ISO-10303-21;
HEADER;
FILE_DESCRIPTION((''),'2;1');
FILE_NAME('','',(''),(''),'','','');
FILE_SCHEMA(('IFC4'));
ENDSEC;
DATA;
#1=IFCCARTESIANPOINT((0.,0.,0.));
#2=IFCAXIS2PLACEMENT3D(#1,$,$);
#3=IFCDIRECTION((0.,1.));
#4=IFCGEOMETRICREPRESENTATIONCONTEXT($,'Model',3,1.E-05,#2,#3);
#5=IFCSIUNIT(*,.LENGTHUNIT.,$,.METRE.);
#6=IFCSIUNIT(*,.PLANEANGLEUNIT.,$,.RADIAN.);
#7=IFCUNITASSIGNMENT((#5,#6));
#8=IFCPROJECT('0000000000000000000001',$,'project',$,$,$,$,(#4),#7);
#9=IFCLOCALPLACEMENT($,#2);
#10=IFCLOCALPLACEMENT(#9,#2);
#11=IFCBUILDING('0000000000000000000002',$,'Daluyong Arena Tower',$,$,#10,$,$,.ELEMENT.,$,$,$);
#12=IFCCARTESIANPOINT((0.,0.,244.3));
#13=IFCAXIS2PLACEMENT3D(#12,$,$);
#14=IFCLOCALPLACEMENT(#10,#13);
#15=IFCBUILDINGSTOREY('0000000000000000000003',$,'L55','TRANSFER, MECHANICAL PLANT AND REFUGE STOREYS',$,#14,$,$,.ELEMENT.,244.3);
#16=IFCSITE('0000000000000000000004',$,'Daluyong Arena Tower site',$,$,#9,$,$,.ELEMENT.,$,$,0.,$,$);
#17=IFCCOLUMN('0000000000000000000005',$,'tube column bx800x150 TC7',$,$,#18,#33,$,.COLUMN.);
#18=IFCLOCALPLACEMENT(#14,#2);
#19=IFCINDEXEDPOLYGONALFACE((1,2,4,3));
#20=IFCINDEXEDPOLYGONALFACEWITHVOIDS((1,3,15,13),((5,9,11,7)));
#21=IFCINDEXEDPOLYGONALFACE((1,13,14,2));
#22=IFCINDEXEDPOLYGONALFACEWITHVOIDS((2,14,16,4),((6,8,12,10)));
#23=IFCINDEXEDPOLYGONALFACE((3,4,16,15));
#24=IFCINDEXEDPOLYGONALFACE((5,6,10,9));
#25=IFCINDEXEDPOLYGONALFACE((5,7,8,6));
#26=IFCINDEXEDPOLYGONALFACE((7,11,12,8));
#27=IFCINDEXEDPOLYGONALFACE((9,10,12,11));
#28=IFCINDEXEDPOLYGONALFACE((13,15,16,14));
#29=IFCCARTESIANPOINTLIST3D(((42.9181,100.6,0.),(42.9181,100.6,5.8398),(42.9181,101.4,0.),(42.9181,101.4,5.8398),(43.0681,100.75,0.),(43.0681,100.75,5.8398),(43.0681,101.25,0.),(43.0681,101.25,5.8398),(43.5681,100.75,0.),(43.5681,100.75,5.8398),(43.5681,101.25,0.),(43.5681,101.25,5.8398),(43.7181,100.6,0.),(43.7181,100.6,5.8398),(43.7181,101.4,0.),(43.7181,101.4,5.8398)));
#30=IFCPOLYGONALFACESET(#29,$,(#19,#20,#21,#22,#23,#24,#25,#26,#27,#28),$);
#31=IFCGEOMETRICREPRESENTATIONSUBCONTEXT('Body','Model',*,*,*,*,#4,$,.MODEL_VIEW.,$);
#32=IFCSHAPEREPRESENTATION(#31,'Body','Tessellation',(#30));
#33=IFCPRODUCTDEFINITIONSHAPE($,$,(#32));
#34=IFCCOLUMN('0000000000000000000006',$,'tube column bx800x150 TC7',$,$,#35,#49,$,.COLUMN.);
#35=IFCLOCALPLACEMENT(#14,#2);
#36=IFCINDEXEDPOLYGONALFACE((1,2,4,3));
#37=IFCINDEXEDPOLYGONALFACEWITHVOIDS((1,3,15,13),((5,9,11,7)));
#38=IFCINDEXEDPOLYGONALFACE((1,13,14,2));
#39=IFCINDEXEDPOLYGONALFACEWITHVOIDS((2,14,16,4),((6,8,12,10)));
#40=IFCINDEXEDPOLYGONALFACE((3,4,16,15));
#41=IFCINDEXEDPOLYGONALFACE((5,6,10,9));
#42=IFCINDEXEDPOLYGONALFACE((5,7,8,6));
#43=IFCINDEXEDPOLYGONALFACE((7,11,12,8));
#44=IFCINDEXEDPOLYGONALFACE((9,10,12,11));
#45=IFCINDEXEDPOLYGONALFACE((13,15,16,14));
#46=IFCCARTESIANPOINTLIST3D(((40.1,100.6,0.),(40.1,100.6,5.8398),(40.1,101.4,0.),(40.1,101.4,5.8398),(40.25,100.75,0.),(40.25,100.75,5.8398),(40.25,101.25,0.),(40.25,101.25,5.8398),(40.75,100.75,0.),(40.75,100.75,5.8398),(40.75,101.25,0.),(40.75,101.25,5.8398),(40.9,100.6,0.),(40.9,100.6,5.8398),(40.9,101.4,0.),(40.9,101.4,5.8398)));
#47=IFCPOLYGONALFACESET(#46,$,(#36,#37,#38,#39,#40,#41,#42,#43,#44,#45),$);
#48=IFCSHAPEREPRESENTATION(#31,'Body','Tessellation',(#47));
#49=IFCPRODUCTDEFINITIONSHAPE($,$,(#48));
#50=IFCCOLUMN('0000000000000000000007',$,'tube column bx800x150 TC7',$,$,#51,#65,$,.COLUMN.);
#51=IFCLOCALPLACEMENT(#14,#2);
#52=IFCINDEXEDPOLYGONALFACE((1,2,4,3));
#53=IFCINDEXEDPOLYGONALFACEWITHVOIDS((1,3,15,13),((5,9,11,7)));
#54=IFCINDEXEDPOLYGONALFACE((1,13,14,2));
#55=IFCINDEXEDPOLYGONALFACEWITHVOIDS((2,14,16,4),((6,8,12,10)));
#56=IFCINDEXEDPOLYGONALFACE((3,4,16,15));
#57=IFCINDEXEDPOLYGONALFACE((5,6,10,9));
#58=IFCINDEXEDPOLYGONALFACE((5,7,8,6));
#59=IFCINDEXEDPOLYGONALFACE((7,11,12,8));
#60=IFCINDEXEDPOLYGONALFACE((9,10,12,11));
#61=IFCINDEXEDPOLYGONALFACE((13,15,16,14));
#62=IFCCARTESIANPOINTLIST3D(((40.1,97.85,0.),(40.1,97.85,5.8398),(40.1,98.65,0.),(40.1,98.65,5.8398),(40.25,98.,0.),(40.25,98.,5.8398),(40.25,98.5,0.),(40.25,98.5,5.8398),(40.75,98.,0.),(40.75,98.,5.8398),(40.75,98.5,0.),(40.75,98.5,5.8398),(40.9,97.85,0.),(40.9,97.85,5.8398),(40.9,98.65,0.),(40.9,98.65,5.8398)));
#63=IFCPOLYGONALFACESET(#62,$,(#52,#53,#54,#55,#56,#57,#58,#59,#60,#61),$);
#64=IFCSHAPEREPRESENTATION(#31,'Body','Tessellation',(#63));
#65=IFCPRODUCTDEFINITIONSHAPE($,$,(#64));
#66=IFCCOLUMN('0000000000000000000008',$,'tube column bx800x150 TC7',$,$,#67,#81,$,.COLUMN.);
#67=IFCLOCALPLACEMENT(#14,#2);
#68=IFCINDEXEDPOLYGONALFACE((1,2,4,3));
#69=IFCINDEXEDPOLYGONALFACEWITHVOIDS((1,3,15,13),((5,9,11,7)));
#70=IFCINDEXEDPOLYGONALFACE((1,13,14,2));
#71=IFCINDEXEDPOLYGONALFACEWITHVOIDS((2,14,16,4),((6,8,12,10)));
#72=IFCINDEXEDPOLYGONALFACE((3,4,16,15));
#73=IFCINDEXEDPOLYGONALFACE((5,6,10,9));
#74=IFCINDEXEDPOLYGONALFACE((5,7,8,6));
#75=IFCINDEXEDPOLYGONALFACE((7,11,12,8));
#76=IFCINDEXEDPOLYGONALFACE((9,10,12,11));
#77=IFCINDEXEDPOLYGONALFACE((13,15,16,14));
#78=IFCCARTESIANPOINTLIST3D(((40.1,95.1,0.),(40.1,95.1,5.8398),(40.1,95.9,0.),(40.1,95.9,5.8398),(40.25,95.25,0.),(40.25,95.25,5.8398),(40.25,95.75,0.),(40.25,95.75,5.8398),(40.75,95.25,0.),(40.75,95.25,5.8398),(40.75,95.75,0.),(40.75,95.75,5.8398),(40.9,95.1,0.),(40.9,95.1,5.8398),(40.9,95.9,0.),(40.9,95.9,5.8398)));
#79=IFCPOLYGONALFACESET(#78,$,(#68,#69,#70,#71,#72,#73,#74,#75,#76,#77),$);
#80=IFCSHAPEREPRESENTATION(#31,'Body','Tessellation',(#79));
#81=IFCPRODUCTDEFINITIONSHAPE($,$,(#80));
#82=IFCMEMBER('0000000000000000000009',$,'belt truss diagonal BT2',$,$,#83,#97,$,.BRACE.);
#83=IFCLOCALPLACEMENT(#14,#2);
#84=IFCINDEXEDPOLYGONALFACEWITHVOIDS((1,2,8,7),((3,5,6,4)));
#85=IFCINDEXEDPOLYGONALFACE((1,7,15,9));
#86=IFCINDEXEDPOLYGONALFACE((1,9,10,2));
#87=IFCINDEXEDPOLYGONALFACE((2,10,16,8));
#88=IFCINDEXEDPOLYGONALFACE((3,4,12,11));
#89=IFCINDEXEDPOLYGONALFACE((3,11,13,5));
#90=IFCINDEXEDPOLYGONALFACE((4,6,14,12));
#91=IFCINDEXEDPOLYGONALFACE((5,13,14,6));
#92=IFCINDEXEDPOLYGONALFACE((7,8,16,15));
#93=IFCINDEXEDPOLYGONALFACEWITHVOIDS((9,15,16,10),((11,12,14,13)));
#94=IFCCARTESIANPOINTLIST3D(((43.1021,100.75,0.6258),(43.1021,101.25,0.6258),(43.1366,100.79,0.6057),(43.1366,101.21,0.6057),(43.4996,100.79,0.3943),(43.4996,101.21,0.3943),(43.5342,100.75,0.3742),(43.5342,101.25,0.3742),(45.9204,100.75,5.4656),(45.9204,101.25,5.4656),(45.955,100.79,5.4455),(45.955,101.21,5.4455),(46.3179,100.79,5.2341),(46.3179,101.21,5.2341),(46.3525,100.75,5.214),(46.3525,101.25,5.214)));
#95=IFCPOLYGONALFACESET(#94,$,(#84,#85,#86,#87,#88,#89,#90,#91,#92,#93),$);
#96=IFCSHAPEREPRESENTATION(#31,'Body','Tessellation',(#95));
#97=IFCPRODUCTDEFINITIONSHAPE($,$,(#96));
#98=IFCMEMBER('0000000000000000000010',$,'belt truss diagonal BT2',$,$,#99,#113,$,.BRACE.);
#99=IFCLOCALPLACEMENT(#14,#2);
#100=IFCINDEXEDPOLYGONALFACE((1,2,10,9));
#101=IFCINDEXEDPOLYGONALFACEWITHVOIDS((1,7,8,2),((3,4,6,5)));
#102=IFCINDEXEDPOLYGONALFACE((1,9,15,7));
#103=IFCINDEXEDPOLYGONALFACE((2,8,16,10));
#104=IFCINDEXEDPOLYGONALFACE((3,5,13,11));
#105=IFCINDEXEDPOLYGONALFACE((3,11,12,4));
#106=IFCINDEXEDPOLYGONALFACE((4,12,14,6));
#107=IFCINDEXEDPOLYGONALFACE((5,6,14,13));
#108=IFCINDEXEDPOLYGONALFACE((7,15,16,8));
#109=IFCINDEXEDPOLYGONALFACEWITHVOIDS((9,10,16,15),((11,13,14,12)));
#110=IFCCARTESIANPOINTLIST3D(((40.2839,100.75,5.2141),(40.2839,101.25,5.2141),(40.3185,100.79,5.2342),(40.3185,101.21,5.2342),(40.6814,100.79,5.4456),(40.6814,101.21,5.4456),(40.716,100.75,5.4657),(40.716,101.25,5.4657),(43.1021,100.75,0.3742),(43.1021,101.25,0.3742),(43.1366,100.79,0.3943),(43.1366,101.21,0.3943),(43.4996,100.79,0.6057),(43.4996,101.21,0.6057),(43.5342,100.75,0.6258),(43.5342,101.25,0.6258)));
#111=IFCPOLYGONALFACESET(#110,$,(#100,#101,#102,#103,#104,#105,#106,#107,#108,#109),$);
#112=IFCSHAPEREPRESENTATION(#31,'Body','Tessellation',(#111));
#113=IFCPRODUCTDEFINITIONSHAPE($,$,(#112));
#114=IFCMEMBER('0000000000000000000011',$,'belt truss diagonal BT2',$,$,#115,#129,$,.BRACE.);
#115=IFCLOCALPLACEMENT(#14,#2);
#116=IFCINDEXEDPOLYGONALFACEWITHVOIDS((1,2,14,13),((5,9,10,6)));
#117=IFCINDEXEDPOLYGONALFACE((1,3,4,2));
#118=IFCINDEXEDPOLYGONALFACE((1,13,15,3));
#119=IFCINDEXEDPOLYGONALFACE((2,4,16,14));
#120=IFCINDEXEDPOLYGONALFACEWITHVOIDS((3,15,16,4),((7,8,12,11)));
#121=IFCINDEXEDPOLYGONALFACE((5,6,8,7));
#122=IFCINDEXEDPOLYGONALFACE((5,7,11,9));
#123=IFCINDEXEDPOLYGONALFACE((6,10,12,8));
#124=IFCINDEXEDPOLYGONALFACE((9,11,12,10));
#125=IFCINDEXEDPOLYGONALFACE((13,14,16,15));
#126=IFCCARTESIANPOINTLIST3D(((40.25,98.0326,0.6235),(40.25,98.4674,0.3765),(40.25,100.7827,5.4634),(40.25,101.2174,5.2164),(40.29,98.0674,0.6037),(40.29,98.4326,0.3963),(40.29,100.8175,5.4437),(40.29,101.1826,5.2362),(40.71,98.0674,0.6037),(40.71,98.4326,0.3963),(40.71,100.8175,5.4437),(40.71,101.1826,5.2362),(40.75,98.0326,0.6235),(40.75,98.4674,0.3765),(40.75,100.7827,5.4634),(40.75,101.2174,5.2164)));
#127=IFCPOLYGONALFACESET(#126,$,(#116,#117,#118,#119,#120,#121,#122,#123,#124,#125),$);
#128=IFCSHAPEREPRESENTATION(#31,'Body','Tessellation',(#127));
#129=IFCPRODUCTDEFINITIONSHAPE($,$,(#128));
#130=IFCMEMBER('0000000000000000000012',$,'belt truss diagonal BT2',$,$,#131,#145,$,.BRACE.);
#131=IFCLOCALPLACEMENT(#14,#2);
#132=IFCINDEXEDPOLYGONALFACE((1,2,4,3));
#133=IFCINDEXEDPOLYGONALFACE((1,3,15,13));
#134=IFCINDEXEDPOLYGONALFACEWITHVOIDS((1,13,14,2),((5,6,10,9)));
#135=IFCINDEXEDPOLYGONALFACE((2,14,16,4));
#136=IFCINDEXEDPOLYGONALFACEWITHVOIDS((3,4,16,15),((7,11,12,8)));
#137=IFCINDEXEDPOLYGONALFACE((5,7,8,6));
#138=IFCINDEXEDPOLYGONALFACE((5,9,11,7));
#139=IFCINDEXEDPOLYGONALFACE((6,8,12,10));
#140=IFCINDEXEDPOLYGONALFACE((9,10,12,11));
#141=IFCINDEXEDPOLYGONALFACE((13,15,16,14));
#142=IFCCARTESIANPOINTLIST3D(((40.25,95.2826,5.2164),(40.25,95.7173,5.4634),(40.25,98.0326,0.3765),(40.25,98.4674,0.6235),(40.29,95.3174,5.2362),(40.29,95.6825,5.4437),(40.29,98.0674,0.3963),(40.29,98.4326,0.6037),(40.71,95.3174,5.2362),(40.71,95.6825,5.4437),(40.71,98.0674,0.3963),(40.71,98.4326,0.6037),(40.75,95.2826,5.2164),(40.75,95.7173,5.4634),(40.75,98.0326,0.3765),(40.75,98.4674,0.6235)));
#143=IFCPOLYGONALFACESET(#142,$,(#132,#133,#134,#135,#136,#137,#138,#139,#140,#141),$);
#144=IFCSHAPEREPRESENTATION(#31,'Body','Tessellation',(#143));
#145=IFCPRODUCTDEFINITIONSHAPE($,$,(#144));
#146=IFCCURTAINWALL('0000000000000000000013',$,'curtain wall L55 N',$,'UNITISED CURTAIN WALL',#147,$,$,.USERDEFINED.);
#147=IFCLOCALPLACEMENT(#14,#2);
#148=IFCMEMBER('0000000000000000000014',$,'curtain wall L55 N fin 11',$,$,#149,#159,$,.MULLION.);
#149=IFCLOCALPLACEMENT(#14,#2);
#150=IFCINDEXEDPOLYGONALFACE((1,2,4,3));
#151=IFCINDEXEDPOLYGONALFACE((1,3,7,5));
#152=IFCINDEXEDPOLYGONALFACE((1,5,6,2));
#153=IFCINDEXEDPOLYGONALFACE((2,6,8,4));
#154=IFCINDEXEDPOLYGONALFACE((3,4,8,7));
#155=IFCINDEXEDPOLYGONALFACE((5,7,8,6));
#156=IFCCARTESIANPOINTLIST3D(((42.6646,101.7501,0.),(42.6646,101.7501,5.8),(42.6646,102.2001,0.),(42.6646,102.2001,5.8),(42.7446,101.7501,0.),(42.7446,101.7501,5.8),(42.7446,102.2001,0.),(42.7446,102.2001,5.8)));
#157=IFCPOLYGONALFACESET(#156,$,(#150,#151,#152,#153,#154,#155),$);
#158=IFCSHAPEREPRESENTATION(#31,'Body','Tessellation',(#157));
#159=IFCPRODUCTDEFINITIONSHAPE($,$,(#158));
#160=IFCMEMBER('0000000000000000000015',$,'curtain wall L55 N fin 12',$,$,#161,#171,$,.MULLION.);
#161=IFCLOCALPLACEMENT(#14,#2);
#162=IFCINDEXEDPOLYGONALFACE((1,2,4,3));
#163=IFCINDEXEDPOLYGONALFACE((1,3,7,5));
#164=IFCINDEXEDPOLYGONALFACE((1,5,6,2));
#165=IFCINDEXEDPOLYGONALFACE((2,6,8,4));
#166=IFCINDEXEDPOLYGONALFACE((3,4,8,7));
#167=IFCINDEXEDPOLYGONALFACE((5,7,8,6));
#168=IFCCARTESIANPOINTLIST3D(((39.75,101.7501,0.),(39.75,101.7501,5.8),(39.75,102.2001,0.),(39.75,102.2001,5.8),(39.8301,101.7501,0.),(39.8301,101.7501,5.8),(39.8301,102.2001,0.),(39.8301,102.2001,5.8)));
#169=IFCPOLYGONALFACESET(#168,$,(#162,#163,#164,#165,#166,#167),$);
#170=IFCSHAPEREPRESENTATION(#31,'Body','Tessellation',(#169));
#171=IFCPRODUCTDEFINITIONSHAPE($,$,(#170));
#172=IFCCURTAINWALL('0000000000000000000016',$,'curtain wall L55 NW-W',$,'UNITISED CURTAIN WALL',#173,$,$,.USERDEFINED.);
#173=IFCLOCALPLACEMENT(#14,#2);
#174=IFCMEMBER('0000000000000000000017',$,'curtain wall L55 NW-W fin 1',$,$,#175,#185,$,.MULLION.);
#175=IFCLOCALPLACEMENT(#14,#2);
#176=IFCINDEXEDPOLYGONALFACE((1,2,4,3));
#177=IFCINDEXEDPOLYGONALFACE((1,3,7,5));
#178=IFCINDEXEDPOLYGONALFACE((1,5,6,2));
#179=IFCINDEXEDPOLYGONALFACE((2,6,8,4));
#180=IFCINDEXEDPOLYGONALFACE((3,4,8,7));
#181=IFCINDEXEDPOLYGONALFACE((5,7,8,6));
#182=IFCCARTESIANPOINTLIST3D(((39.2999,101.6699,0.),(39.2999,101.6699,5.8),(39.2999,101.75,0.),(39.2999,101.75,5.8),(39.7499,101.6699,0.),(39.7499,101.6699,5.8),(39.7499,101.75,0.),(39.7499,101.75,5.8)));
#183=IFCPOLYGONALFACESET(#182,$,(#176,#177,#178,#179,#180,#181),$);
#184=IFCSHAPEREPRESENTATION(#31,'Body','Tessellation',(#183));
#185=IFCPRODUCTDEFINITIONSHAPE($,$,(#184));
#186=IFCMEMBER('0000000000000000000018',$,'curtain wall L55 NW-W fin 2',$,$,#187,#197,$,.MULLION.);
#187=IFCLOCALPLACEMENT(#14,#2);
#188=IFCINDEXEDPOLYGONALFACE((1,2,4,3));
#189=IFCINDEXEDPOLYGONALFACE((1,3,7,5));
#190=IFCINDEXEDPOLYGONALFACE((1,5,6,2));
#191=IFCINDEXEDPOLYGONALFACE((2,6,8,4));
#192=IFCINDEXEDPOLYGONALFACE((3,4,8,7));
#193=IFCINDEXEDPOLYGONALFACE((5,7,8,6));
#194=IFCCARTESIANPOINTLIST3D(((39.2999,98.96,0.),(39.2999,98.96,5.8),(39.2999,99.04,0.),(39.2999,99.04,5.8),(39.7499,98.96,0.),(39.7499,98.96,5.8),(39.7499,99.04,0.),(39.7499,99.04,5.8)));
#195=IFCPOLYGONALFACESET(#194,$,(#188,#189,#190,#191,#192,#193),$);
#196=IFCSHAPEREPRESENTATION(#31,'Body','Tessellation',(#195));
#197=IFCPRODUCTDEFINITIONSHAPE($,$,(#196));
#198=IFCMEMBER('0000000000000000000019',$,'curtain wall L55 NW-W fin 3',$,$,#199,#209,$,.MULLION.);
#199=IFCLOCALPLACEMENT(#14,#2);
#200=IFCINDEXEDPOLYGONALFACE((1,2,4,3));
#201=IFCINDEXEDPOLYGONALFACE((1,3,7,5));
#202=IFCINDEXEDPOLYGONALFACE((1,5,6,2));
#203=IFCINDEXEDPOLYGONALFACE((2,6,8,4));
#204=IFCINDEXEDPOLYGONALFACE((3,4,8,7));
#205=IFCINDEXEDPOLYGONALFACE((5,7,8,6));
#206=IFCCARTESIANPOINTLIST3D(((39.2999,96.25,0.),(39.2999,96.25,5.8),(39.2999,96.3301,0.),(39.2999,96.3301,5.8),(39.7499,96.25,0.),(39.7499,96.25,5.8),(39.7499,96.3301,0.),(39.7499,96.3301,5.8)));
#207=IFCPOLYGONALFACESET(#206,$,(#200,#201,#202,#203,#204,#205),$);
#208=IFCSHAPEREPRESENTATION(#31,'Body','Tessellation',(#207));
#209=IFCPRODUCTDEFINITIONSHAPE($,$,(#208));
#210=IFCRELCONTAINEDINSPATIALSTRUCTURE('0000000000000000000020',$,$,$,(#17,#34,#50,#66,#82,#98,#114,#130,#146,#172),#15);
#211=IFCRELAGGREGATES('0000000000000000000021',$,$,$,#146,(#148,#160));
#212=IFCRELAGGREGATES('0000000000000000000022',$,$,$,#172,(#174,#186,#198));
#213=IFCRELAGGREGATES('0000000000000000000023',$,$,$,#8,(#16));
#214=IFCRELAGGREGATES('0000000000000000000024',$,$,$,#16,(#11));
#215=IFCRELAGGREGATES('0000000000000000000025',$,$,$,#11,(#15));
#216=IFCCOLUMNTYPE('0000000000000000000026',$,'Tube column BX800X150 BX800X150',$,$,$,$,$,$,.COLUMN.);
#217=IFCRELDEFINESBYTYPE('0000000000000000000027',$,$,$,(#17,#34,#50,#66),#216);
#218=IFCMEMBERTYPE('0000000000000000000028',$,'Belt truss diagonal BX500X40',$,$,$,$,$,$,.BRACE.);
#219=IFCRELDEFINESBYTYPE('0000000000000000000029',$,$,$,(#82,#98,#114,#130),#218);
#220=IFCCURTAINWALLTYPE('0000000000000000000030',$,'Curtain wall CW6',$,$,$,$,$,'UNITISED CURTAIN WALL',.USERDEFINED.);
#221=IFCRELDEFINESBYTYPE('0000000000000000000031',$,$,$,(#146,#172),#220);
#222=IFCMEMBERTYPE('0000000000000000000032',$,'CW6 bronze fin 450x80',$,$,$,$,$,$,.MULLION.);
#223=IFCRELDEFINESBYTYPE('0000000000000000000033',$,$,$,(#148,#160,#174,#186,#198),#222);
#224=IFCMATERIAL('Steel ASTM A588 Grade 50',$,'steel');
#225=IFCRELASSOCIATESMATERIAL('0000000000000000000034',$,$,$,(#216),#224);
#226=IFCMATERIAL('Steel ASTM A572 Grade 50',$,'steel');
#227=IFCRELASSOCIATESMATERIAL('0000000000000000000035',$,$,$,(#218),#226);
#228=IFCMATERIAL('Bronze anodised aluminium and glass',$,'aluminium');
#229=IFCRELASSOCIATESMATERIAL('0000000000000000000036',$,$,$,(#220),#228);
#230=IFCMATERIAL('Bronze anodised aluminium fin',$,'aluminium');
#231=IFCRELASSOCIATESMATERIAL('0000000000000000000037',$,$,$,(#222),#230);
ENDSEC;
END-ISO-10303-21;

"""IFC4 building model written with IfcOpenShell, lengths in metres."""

from ifc_helpers import new_model, si_unit, direction, frame, origin, origin_2d, place, context, subcontext, project, spatial, rectangle, hollow_rectangle, extrude, material, material_profile, profile_set, type_object, element, aggregate, save


model = new_model("IFC4")

# Units and contexts
model_context = context("Model", 3, precision=1e-05, world=origin(), true_north=direction((0.0, 1.0)))
body_context = subcontext(model_context, "Body", "Model", "MODEL_VIEW")
ifc_project = project(units=[si_unit("LENGTHUNIT", "METRE"), si_unit("PLANEANGLEUNIT", "RADIAN")], contexts=[model_context])

# Site, building, storey
site_placement = place(None, origin())
site = spatial("IfcSite", under=ifc_project, at=site_placement, Name="Daluyong Arena Tower site", CompositionType="ELEMENT", RefElevation=0.0)
building_placement = place(site_placement, origin())
building = spatial("IfcBuilding", under=site, at=building_placement, Name="Daluyong Arena Tower", CompositionType="ELEMENT")
storey_placement = place(building_placement, frame((0.0, 0.0, 244.3)))
storey = spatial("IfcBuildingStorey", under=building, at=storey_placement, Name="L55", Description="TRANSFER, MECHANICAL PLANT AND REFUGE STOREYS", CompositionType="ELEMENT", Elevation=244.3)

# Columns
ifc_material_1 = material(Name="Steel ASTM A588 Grade 50", Category="steel")
ifc_material_profile_1 = material_profile(ifc_material_1, hollow_rectangle(XDim=0.8, YDim=0.8, WallThickness=0.15, at=origin_2d()))
ifc_profile_set_1 = profile_set([ifc_material_profile_1], Name="Steel ASTM A588 Grade 50")
column_type = type_object("IfcColumnType", Name="Tube column BX800X150 BX800X150", PredefinedType="COLUMN", material=ifc_profile_set_1)
for number, where, z_axis, x_axis, name in (
    (1, (43.3181, 101.0, 0.0), (0.0, 0.0, 1.0), (1.0, 0.0, 0.0), "tube column bx800x150 TC7"),
    (2, (40.5, 101.0, 0.0), (0.0, 0.0, 1.0), (0.0, 1.0, 0.0), "tube column bx800x150 TC7"),
    (3, (40.5, 98.25, 0.0), (0.0, 0.0, 1.0), (0.0, 1.0, 0.0), "tube column bx800x150 TC7"),
    (4, (40.5, 95.5, 0.0), (0.0, 0.0, 1.0), (1.0, 0.0, 0.0), "tube column bx800x150 TC7"),
):
    element("IfcColumn", number, at=place(storey_placement, frame(where, z_axis=z_axis, x_axis=x_axis)), inside=storey, type_object=column_type, Name=name, PredefinedType="COLUMN", context=body_context, shape_type="SweptSolid", body=[
        extrude(hollow_rectangle(XDim=0.8, YDim=0.8, WallThickness=0.15, at=origin_2d()), origin(), (0.0, 0.0, 1.0), 5.8398),
    ])

# Members
ifc_material_2 = material(Name="Steel ASTM A572 Grade 50", Category="steel")
ifc_material_profile_2 = material_profile(ifc_material_2, hollow_rectangle(XDim=0.5, YDim=0.5, WallThickness=0.04, at=origin_2d()))
ifc_profile_set_2 = profile_set([ifc_material_profile_2], Name="Steel ASTM A572 Grade 50")
member_type_1 = type_object("IfcMemberType", Name="Belt truss diagonal BX500X40", PredefinedType="BRACE", material=ifc_profile_set_2)
for number, where, z_axis, x_axis, name in (
    (5, (43.3181, 101.0, 0.5), (0.50322, 0.0, 0.864158), (0.0, 1.0, 0.0), "belt truss diagonal BT2"),
    (6, (43.3181, 101.0, 0.5), (-0.503188, 0.0, 0.864177), (0.0, -1.0, 0.0), "belt truss diagonal BT2"),
):
    element("IfcMember", number, at=place(storey_placement, frame(where, z_axis=z_axis, x_axis=x_axis)), inside=storey, type_object=member_type_1, Name=name, PredefinedType="BRACE", context=body_context, shape_type="SweptSolid", body=[
        extrude(hollow_rectangle(XDim=0.5, YDim=0.5, WallThickness=0.04, at=origin_2d()), origin(), (0.0, 0.0, 1.0), 5.6006),
    ])
for number, where, z_axis, x_axis, name in (
    (7, (40.5, 98.25, 0.5), (0.0, 0.494021, 0.86945), (-1.0, 0.0, 0.0), "belt truss diagonal BT2"),
    (8, (40.5, 98.25, 0.5), (0.0, -0.494021, 0.86945), (1.0, 0.0, 0.0), "belt truss diagonal BT2"),
):
    element("IfcMember", number, at=place(storey_placement, frame(where, z_axis=z_axis, x_axis=x_axis)), inside=storey, type_object=member_type_1, Name=name, PredefinedType="BRACE", context=body_context, shape_type="SweptSolid", body=[
        extrude(hollow_rectangle(XDim=0.5, YDim=0.5, WallThickness=0.04, at=origin_2d()), origin(), (0.0, 0.0, 1.0), 5.5667),
    ])

# Curtain walls, members
ifc_material_3 = material(Name="Bronze anodised aluminium and glass", Category="aluminium")
curtain_wall_type = type_object("IfcCurtainWallType", Name="Curtain wall CW6", ElementType="UNITISED CURTAIN WALL", PredefinedType="USERDEFINED", material=ifc_material_3)
curtain_wall_1_placement = place(storey_placement, origin())
curtain_wall_1 = element("IfcCurtainWall", 9, at=curtain_wall_1_placement, inside=storey, type_object=curtain_wall_type, Name="curtain wall L55 N", ObjectType="UNITISED CURTAIN WALL", PredefinedType="USERDEFINED")
ifc_material_4 = material(Name="Bronze anodised aluminium fin", Category="aluminium")
ifc_material_profile_3 = material_profile(ifc_material_4, rectangle(XDim=0.45, YDim=0.0801, at=origin_2d()))
ifc_profile_set_3 = profile_set([ifc_material_profile_3], Name="Bronze anodised aluminium fin")
member_type_2 = type_object("IfcMemberType", Name="CW6 bronze fin 450x80", PredefinedType="MULLION", material=ifc_profile_set_3)
member_1_placement = place(storey_placement, frame((42.7046, 101.9751, 0.0), z_axis=(0.0, 0.0, 1.0), x_axis=(0.0, -1.0, 0.0)))
member_1 = element("IfcMember", 10, at=member_1_placement, type_object=member_type_2, Name="curtain wall L55 N fin 11", PredefinedType="MULLION", context=body_context, shape_type="SweptSolid", body=[
    extrude(rectangle(XDim=0.45, YDim=0.0801, at=origin_2d()), origin(), (0.0, 0.0, 1.0), 5.8),
])
member_2_placement = place(storey_placement, frame((39.79, 101.9751, 0.0), z_axis=(0.0, 0.0, 1.0), x_axis=(0.0, -1.0, 0.0)))
member_2 = element("IfcMember", 11, at=member_2_placement, type_object=member_type_2, Name="curtain wall L55 N fin 12", PredefinedType="MULLION", context=body_context, shape_type="SweptSolid", body=[
    extrude(rectangle(XDim=0.45, YDim=0.0801, at=origin_2d()), origin(), (0.0, 0.0, 1.0), 5.8),
])
curtain_wall_2_placement = place(storey_placement, origin())
curtain_wall_2 = element("IfcCurtainWall", 12, at=curtain_wall_2_placement, inside=storey, type_object=curtain_wall_type, Name="curtain wall L55 NW-W", ObjectType="UNITISED CURTAIN WALL", PredefinedType="USERDEFINED")
member_3_placement = place(storey_placement, frame((39.5249, 101.71, 0.0), z_axis=(0.0, 0.0, 1.0), x_axis=(1.0, 0.0, 0.0)))
member_3 = element("IfcMember", 13, at=member_3_placement, type_object=member_type_2, Name="curtain wall L55 NW-W fin 1", PredefinedType="MULLION", context=body_context, shape_type="SweptSolid", body=[
    extrude(rectangle(XDim=0.45, YDim=0.0801, at=origin_2d()), origin(), (0.0, 0.0, 1.0), 5.8),
])
member_4_placement = place(storey_placement, frame((39.5249, 99.0, 0.0), z_axis=(0.0, 0.0, 1.0), x_axis=(1.0, 0.0, 0.0)))
member_4 = element("IfcMember", 14, at=member_4_placement, type_object=member_type_2, Name="curtain wall L55 NW-W fin 2", PredefinedType="MULLION", context=body_context, shape_type="SweptSolid", body=[
    extrude(rectangle(XDim=0.45, YDim=0.0801, at=origin_2d()), origin(), (0.0, 0.0, 1.0), 5.8),
])
member_5_placement = place(storey_placement, frame((39.5249, 96.29, 0.0), z_axis=(0.0, 0.0, 1.0), x_axis=(1.0, 0.0, 0.0)))
member_5 = element("IfcMember", 15, at=member_5_placement, type_object=member_type_2, Name="curtain wall L55 NW-W fin 3", PredefinedType="MULLION", context=body_context, shape_type="SweptSolid", body=[
    extrude(rectangle(XDim=0.45, YDim=0.0801, at=origin_2d()), origin(), (0.0, 0.0, 1.0), 5.8),
])

aggregate(curtain_wall_1, [member_1, member_2])
aggregate(curtain_wall_2, [member_3, member_4, member_5])

save(model, "model.ifc")
